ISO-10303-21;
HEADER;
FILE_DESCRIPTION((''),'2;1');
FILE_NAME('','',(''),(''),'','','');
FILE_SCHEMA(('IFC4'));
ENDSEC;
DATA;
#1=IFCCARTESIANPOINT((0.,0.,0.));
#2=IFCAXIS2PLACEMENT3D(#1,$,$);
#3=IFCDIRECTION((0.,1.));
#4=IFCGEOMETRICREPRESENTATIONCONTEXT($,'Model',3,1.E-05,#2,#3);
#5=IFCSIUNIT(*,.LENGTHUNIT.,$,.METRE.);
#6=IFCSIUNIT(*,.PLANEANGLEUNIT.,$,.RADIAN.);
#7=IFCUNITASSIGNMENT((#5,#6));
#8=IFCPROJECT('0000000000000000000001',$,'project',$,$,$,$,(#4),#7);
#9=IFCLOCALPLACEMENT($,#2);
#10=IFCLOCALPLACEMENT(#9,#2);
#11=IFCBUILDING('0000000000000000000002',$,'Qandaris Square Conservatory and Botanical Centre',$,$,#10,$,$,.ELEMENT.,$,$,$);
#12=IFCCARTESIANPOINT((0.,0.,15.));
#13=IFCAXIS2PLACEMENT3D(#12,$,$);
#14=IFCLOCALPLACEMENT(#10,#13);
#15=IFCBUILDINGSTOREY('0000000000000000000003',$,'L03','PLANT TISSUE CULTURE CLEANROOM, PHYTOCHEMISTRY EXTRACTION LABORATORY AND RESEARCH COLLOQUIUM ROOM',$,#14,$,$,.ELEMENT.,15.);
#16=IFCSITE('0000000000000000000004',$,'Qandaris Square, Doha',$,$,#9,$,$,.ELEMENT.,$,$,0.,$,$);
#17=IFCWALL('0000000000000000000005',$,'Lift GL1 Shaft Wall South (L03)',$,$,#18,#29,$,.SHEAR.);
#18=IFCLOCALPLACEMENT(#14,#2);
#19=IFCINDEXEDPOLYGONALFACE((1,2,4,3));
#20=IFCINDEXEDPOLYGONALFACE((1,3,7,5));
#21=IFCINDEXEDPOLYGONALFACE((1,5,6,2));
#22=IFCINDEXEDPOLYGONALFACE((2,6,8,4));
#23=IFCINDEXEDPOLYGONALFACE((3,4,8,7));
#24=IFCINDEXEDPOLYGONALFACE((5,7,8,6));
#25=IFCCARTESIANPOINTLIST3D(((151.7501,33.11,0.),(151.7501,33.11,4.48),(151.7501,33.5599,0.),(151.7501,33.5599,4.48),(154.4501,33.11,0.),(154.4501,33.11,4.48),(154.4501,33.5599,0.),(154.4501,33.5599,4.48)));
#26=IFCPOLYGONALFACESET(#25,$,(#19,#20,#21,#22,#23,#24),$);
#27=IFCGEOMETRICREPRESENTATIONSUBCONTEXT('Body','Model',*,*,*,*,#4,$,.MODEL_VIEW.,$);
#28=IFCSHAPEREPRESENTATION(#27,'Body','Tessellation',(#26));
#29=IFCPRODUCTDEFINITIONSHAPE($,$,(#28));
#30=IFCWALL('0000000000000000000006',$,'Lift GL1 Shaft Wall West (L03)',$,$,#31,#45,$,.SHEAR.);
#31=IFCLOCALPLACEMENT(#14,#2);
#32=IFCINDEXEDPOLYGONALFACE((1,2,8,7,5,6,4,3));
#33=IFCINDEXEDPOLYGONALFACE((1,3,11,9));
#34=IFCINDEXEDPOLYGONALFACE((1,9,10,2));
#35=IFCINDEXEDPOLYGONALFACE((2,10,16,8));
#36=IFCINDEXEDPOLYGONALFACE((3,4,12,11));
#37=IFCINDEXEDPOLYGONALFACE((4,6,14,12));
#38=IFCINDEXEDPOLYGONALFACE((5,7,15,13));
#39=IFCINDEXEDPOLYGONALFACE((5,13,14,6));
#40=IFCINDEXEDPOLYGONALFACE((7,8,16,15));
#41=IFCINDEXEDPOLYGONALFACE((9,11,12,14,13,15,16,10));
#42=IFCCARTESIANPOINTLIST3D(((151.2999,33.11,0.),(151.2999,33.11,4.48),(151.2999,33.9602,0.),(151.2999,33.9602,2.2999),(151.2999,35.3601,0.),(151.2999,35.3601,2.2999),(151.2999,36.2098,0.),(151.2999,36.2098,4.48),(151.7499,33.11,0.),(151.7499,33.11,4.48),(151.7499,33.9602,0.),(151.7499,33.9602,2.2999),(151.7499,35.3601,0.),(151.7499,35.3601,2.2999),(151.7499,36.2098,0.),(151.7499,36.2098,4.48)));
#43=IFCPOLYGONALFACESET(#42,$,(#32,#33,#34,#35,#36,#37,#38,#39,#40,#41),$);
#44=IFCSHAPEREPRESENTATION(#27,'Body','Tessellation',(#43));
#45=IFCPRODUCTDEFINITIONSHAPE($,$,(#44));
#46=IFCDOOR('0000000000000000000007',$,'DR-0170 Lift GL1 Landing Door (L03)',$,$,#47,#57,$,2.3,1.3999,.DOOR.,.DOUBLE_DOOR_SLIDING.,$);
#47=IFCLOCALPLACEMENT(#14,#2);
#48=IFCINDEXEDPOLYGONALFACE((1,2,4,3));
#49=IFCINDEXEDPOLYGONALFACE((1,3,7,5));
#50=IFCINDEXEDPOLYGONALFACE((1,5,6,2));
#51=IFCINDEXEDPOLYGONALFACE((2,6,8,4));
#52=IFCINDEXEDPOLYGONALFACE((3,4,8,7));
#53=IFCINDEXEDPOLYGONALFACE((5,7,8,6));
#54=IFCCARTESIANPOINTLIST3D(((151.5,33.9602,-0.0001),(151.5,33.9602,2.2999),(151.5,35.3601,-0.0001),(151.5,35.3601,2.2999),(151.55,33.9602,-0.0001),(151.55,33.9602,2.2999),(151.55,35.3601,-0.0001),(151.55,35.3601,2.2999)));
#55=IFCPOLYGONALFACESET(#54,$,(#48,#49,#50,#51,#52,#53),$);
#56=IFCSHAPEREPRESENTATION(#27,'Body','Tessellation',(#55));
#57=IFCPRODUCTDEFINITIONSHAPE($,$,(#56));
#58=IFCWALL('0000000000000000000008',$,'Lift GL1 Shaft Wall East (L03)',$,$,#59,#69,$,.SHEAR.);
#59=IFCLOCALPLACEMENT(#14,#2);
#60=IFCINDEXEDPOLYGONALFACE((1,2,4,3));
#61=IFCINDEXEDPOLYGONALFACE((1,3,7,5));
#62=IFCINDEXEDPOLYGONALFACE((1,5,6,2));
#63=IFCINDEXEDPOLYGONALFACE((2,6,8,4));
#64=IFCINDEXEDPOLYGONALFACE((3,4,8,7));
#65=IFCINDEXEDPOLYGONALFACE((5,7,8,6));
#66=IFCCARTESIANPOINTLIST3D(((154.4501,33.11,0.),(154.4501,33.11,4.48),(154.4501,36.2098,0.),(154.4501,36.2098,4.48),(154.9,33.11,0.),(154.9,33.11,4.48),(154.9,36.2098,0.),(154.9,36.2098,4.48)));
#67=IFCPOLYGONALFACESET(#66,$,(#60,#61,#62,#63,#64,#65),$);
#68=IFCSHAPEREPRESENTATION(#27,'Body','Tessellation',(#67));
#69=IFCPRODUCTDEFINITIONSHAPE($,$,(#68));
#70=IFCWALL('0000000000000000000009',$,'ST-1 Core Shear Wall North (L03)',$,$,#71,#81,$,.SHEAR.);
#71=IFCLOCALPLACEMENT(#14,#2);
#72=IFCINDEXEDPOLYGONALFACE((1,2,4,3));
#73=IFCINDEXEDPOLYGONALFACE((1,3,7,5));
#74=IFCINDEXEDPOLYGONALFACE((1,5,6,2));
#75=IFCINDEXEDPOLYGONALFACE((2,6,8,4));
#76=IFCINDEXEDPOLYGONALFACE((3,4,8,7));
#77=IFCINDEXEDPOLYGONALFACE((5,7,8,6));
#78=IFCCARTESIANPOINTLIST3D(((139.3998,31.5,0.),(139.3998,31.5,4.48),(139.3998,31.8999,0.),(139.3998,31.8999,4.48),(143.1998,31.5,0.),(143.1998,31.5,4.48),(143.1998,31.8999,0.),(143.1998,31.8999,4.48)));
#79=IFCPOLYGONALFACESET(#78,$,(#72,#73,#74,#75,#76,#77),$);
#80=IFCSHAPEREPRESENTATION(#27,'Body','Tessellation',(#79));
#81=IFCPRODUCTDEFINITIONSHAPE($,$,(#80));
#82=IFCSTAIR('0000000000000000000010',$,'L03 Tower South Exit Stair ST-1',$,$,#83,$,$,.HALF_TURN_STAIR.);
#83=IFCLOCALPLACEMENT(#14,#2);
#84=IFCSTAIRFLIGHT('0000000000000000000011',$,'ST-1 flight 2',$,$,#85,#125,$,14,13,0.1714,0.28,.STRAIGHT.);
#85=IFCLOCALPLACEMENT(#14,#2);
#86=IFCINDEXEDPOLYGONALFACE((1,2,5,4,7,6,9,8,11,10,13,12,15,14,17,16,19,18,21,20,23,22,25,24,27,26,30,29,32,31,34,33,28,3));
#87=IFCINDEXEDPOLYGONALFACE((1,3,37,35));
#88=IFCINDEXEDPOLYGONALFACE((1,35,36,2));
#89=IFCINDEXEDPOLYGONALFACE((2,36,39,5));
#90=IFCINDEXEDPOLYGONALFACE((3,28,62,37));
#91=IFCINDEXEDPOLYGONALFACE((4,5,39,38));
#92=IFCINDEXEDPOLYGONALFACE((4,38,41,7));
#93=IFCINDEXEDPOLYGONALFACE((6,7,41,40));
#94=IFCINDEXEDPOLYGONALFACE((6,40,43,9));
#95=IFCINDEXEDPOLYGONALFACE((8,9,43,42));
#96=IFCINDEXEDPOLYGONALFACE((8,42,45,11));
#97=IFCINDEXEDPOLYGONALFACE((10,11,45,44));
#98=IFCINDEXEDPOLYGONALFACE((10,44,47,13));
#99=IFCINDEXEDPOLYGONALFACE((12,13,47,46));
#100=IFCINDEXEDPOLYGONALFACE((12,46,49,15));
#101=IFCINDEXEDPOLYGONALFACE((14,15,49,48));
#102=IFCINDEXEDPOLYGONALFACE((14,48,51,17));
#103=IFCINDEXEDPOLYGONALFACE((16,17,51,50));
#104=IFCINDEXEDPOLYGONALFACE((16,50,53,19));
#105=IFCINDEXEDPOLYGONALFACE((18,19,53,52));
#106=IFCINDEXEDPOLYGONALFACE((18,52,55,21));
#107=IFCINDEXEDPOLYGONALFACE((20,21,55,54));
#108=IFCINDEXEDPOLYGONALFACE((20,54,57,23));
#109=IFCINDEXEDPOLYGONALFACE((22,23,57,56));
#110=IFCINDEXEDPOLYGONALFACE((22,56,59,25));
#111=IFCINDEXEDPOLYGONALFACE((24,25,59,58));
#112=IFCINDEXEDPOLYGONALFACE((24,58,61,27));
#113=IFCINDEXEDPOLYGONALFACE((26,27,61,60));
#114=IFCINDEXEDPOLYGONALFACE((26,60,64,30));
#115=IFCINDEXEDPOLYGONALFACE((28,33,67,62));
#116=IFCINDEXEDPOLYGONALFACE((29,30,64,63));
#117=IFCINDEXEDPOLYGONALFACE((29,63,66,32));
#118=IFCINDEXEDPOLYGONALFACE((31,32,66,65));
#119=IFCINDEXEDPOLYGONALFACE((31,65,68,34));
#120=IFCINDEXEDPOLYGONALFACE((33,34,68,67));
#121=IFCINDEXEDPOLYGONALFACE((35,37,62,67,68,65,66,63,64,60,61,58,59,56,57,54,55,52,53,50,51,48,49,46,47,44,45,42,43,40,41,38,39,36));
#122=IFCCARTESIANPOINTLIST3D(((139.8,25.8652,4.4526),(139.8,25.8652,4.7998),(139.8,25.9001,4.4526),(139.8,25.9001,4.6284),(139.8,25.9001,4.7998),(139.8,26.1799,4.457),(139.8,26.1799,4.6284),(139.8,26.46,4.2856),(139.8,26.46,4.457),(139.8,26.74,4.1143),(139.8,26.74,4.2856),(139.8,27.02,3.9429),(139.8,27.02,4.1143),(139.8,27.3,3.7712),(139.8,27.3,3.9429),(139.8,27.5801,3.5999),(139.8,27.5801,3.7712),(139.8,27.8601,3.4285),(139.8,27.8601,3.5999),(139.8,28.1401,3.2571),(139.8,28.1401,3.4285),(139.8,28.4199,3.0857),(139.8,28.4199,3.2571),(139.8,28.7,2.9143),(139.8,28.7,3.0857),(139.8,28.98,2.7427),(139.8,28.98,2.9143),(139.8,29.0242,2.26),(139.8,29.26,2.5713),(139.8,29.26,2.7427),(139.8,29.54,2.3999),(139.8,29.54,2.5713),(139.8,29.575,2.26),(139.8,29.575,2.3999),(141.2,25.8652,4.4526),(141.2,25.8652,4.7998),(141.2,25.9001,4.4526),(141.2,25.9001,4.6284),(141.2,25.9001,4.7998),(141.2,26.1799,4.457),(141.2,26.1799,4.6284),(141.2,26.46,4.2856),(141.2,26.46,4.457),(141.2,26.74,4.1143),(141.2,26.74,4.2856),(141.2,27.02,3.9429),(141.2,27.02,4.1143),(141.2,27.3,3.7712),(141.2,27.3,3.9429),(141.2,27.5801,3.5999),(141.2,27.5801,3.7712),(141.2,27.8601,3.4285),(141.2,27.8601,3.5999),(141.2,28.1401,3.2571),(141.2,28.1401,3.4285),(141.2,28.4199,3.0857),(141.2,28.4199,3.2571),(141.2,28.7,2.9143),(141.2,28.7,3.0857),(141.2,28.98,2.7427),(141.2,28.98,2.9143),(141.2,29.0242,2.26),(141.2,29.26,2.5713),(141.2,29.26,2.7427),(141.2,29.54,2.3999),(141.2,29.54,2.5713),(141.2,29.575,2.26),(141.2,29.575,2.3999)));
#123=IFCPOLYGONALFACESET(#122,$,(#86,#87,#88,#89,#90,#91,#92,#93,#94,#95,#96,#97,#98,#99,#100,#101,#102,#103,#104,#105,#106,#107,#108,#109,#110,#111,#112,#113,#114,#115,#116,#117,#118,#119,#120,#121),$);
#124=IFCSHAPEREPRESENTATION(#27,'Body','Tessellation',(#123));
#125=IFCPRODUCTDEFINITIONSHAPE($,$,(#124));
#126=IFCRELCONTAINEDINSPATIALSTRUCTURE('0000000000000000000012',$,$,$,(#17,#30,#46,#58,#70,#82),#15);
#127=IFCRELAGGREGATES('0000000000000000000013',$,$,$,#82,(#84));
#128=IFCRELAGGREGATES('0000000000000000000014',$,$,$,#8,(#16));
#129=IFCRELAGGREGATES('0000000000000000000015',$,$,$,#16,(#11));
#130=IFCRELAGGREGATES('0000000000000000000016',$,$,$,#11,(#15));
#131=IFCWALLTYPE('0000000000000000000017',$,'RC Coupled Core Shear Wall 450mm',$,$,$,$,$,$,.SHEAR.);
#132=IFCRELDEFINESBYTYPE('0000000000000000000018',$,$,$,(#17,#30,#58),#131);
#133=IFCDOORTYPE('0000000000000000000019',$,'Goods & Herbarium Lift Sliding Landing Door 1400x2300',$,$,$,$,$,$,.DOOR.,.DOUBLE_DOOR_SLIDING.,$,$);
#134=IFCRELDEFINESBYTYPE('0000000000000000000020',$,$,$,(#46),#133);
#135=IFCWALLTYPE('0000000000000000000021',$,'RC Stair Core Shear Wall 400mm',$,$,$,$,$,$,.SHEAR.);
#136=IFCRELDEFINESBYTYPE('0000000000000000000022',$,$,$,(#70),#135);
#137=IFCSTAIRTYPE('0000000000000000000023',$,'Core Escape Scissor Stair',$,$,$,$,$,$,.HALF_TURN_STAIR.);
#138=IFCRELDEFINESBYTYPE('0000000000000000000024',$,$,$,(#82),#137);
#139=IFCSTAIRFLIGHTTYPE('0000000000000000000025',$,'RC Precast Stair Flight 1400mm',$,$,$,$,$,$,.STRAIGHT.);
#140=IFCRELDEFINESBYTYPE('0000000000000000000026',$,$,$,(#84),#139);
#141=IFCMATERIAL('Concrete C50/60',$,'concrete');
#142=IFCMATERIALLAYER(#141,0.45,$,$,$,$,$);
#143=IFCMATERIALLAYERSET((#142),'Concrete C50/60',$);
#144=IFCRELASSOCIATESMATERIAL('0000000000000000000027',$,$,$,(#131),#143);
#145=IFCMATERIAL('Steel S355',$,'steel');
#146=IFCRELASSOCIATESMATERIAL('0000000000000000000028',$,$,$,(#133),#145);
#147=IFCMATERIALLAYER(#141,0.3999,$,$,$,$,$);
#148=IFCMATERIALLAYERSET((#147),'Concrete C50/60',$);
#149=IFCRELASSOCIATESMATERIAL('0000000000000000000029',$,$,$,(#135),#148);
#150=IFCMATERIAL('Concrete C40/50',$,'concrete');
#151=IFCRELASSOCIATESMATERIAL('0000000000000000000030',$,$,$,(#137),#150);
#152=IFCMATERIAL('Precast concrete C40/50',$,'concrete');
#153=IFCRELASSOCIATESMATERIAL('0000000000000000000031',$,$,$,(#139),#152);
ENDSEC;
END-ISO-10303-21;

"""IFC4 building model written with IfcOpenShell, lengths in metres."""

from ifc_helpers import new_model, si_unit, direction, frame, frame_2d, origin, place, context, subcontext, project, spatial, polyline, rectangle, outline, extrude, material, layer, layer_set, type_object, element, fill, aggregate, save


model = new_model("IFC4")

# Units and contexts
model_context = context("Model", 3, precision=1e-05, world=origin(), true_north=direction((0.0, 1.0)))
body_context = subcontext(model_context, "Body", "Model", "MODEL_VIEW")
ifc_project = project(units=[si_unit("LENGTHUNIT", "METRE"), si_unit("PLANEANGLEUNIT", "RADIAN")], contexts=[model_context])

# Site, building, storey
site_placement = place(None, origin())
site = spatial("IfcSite", under=ifc_project, at=site_placement, Name="Qandaris Square, Doha", CompositionType="ELEMENT", RefElevation=0.0)
building_placement = place(site_placement, origin())
building = spatial("IfcBuilding", under=site, at=building_placement, Name="Qandaris Square Conservatory and Botanical Centre", CompositionType="ELEMENT")
storey_placement = place(building_placement, frame((0.0, 0.0, 15.0)))
storey = spatial("IfcBuildingStorey", under=building, at=storey_placement, Name="L03", Description="PLANT TISSUE CULTURE CLEANROOM, PHYTOCHEMISTRY EXTRACTION LABORATORY AND RESEARCH COLLOQUIUM ROOM", CompositionType="ELEMENT", Elevation=15.0)

# Shared definitions
ifc_material_1 = material(Name="Concrete C50/60", Category="concrete")

# Shared definitions
ifc_material_2 = material(Name="Steel S355", Category="steel")

# Shared definitions
ifc_material_3 = material(Name="Concrete C40/50", Category="concrete")

# Shared definitions
ifc_layer_1 = layer(ifc_material_1, 0.45)
ifc_layer_set_1 = layer_set([ifc_layer_1], Name="Concrete C50/60")
wall_type_1 = type_object("IfcWallType", Name="RC Coupled Core Shear Wall 450mm", PredefinedType="SHEAR", material=ifc_layer_set_1)

# Wall
wall_1_placement = place(storey_placement, frame((151.75, 33.335, 0.0), z_axis=(0.0, 0.0, 1.0), x_axis=(1.0, 0.0, 0.0)))
element("IfcWall", 1, at=wall_1_placement, inside=storey, type_object=wall_type_1, Name="Lift GL1 Shaft Wall South (L03)", PredefinedType="SHEAR", context=body_context, shape_type="SweptSolid", body=[
    extrude(rectangle(XDim=2.7, YDim=0.45, at=frame_2d((1.3501, 0.0))), origin(), (0.0, 0.0, 1.0), 4.48),
])

# Wall, opening, door
wall_2_placement = place(storey_placement, frame((151.5249, 33.1101, 0.0), z_axis=(0.0, 0.0, 1.0), x_axis=(0.0, 1.0, 0.0)))
wall_2 = element("IfcWall", 2, at=wall_2_placement, inside=storey, type_object=wall_type_1, Name="Lift GL1 Shaft Wall West (L03)", PredefinedType="SHEAR", context=body_context, shape_type="SweptSolid", body=[
    extrude(rectangle(XDim=3.0999, YDim=0.45, at=frame_2d((1.5498, 0.0))), origin(), (0.0, 0.0, 1.0), 4.48),
])
opening_1_placement = place(wall_2_placement, frame((0.8501, 0.0, 0.0)))
opening_1 = element("IfcOpeningElement", 3, at=opening_1_placement, cuts=wall_2, PredefinedType="OPENING", context=body_context, shape_type="SweptSolid", body=[
    extrude(rectangle(XDim=1.3999, YDim=2.3, at=frame_2d((0.7, 1.1499))), frame((0.0, 0.2368, 0.0), z_axis=(0.0, -1.0, 0.0), x_axis=(1.0, 0.0, 0.0)), (0.0, 0.0, 1.0), 0.4739),
])
door_type_1 = type_object("IfcDoorType", Name="Goods & Herbarium Lift Sliding Landing Door 1400x2300", OperationType="DOUBLE_DOOR_SLIDING", PredefinedType="DOOR", material=ifc_material_2)
door_1_placement = place(opening_1_placement, origin())
door_1 = element("IfcDoor", 4, at=door_1_placement, inside=storey, type_object=door_type_1, Name="DR-0170 Lift GL1 Landing Door (L03)", OperationType="DOUBLE_DOOR_SLIDING", OverallHeight=2.3, OverallWidth=1.3999, PredefinedType="DOOR", context=body_context, shape_type="SweptSolid", body=[
    extrude(rectangle(XDim=1.3999, YDim=2.3, at=frame_2d((0.7, 1.1499))), frame((0.0, 0.0249, 0.0), z_axis=(0.0, -1.0, 0.0), x_axis=(1.0, 0.0, 0.0)), (0.0, 0.0, 1.0), 0.05),
])
fill(opening_1, door_1)

# Walls
wall_3_placement = place(storey_placement, frame((154.675, 33.1101, 0.0), z_axis=(0.0, 0.0, 1.0), x_axis=(0.0, 1.0, 0.0)))
element("IfcWall", 5, at=wall_3_placement, inside=storey, type_object=wall_type_1, Name="Lift GL1 Shaft Wall East (L03)", PredefinedType="SHEAR", context=body_context, shape_type="SweptSolid", body=[
    extrude(rectangle(XDim=3.0999, YDim=0.45, at=frame_2d((1.5498, 0.0))), origin(), (0.0, 0.0, 1.0), 4.48),
])
ifc_layer_2 = layer(ifc_material_1, 0.3999)
ifc_layer_set_2 = layer_set([ifc_layer_2], Name="Concrete C50/60")
wall_type_2 = type_object("IfcWallType", Name="RC Stair Core Shear Wall 400mm", PredefinedType="SHEAR", material=ifc_layer_set_2)
wall_4_placement = place(storey_placement, frame((139.3999, 31.7, 0.0), z_axis=(0.0, 0.0, 1.0), x_axis=(1.0, 0.0, 0.0)))
element("IfcWall", 6, at=wall_4_placement, inside=storey, type_object=wall_type_2, Name="ST-1 Core Shear Wall North (L03)", PredefinedType="SHEAR", context=body_context, shape_type="SweptSolid", body=[
    extrude(rectangle(XDim=3.8, YDim=0.3999, at=frame_2d((1.8999, 0.0))), origin(), (0.0, 0.0, 1.0), 4.48),
])

# Stair, stair flight
stair_type = type_object("IfcStairType", Name="Core Escape Scissor Stair", PredefinedType="HALF_TURN_STAIR", material=ifc_material_3)
stair_placement = place(storey_placement, origin())
stair = element("IfcStair", 7, at=stair_placement, inside=storey, type_object=stair_type, Name="L03 Tower South Exit Stair ST-1", PredefinedType="HALF_TURN_STAIR")
ifc_material_4 = material(Name="Precast concrete C40/50", Category="concrete")
stair_flight_type = type_object("IfcStairFlightType", Name="RC Precast Stair Flight 1400mm", PredefinedType="STRAIGHT", material=ifc_material_4)
stair_flight_placement = place(storey_placement, frame((140.5, 29.54, 2.3999), z_axis=(0.0, 0.0, 1.0), x_axis=(0.0, -1.0, 0.0)))
stair_flight = element("IfcStairFlight", 8, at=stair_flight_placement, type_object=stair_flight_type, Name="ST-1 flight 2", NumberOfRisers=14, NumberOfTreads=13, PredefinedType="STRAIGHT", RiserHeight=0.1714, TreadLength=0.28, context=body_context, shape_type="SweptSolid", body=[
    extrude(outline(polyline([(-0.0349, 0.0), (0.0, 0.0), (0.0, 0.1714), (0.28, 0.1714), (0.28, 0.3428), (0.5601, 0.3428), (0.5601, 0.5144), (0.8401, 0.5144), (0.8401, 0.6858), (1.1201, 0.6858), (1.1201, 0.8572), (1.3999, 0.8572), (1.3999, 1.0286), (1.6799, 1.0286), (1.6799, 1.2), (1.96, 1.2), (1.96, 1.3713), (2.24, 1.3713), (2.24, 1.543), (2.52, 1.543), (2.52, 1.7144), (2.8, 1.7144), (2.8, 1.8857), (3.0801, 1.8857), (3.0801, 2.0571), (3.3601, 2.0571), (3.3601, 2.2285), (3.6399, 2.2285), (3.6399, 2.3999), (3.6748, 2.3999), (3.6748, 2.0527), (3.6399, 2.0527), (0.5159, -0.1399), (-0.0349, -0.1399), (-0.0349, 0.0)])), frame((0.0, 0.7, 0.0), z_axis=(0.0, -1.0, 0.0), x_axis=(1.0, 0.0, 0.0)), (0.0, 0.0, 1.0), 1.3999),
])
aggregate(stair, [stair_flight])

save(model, "model.ifc")
